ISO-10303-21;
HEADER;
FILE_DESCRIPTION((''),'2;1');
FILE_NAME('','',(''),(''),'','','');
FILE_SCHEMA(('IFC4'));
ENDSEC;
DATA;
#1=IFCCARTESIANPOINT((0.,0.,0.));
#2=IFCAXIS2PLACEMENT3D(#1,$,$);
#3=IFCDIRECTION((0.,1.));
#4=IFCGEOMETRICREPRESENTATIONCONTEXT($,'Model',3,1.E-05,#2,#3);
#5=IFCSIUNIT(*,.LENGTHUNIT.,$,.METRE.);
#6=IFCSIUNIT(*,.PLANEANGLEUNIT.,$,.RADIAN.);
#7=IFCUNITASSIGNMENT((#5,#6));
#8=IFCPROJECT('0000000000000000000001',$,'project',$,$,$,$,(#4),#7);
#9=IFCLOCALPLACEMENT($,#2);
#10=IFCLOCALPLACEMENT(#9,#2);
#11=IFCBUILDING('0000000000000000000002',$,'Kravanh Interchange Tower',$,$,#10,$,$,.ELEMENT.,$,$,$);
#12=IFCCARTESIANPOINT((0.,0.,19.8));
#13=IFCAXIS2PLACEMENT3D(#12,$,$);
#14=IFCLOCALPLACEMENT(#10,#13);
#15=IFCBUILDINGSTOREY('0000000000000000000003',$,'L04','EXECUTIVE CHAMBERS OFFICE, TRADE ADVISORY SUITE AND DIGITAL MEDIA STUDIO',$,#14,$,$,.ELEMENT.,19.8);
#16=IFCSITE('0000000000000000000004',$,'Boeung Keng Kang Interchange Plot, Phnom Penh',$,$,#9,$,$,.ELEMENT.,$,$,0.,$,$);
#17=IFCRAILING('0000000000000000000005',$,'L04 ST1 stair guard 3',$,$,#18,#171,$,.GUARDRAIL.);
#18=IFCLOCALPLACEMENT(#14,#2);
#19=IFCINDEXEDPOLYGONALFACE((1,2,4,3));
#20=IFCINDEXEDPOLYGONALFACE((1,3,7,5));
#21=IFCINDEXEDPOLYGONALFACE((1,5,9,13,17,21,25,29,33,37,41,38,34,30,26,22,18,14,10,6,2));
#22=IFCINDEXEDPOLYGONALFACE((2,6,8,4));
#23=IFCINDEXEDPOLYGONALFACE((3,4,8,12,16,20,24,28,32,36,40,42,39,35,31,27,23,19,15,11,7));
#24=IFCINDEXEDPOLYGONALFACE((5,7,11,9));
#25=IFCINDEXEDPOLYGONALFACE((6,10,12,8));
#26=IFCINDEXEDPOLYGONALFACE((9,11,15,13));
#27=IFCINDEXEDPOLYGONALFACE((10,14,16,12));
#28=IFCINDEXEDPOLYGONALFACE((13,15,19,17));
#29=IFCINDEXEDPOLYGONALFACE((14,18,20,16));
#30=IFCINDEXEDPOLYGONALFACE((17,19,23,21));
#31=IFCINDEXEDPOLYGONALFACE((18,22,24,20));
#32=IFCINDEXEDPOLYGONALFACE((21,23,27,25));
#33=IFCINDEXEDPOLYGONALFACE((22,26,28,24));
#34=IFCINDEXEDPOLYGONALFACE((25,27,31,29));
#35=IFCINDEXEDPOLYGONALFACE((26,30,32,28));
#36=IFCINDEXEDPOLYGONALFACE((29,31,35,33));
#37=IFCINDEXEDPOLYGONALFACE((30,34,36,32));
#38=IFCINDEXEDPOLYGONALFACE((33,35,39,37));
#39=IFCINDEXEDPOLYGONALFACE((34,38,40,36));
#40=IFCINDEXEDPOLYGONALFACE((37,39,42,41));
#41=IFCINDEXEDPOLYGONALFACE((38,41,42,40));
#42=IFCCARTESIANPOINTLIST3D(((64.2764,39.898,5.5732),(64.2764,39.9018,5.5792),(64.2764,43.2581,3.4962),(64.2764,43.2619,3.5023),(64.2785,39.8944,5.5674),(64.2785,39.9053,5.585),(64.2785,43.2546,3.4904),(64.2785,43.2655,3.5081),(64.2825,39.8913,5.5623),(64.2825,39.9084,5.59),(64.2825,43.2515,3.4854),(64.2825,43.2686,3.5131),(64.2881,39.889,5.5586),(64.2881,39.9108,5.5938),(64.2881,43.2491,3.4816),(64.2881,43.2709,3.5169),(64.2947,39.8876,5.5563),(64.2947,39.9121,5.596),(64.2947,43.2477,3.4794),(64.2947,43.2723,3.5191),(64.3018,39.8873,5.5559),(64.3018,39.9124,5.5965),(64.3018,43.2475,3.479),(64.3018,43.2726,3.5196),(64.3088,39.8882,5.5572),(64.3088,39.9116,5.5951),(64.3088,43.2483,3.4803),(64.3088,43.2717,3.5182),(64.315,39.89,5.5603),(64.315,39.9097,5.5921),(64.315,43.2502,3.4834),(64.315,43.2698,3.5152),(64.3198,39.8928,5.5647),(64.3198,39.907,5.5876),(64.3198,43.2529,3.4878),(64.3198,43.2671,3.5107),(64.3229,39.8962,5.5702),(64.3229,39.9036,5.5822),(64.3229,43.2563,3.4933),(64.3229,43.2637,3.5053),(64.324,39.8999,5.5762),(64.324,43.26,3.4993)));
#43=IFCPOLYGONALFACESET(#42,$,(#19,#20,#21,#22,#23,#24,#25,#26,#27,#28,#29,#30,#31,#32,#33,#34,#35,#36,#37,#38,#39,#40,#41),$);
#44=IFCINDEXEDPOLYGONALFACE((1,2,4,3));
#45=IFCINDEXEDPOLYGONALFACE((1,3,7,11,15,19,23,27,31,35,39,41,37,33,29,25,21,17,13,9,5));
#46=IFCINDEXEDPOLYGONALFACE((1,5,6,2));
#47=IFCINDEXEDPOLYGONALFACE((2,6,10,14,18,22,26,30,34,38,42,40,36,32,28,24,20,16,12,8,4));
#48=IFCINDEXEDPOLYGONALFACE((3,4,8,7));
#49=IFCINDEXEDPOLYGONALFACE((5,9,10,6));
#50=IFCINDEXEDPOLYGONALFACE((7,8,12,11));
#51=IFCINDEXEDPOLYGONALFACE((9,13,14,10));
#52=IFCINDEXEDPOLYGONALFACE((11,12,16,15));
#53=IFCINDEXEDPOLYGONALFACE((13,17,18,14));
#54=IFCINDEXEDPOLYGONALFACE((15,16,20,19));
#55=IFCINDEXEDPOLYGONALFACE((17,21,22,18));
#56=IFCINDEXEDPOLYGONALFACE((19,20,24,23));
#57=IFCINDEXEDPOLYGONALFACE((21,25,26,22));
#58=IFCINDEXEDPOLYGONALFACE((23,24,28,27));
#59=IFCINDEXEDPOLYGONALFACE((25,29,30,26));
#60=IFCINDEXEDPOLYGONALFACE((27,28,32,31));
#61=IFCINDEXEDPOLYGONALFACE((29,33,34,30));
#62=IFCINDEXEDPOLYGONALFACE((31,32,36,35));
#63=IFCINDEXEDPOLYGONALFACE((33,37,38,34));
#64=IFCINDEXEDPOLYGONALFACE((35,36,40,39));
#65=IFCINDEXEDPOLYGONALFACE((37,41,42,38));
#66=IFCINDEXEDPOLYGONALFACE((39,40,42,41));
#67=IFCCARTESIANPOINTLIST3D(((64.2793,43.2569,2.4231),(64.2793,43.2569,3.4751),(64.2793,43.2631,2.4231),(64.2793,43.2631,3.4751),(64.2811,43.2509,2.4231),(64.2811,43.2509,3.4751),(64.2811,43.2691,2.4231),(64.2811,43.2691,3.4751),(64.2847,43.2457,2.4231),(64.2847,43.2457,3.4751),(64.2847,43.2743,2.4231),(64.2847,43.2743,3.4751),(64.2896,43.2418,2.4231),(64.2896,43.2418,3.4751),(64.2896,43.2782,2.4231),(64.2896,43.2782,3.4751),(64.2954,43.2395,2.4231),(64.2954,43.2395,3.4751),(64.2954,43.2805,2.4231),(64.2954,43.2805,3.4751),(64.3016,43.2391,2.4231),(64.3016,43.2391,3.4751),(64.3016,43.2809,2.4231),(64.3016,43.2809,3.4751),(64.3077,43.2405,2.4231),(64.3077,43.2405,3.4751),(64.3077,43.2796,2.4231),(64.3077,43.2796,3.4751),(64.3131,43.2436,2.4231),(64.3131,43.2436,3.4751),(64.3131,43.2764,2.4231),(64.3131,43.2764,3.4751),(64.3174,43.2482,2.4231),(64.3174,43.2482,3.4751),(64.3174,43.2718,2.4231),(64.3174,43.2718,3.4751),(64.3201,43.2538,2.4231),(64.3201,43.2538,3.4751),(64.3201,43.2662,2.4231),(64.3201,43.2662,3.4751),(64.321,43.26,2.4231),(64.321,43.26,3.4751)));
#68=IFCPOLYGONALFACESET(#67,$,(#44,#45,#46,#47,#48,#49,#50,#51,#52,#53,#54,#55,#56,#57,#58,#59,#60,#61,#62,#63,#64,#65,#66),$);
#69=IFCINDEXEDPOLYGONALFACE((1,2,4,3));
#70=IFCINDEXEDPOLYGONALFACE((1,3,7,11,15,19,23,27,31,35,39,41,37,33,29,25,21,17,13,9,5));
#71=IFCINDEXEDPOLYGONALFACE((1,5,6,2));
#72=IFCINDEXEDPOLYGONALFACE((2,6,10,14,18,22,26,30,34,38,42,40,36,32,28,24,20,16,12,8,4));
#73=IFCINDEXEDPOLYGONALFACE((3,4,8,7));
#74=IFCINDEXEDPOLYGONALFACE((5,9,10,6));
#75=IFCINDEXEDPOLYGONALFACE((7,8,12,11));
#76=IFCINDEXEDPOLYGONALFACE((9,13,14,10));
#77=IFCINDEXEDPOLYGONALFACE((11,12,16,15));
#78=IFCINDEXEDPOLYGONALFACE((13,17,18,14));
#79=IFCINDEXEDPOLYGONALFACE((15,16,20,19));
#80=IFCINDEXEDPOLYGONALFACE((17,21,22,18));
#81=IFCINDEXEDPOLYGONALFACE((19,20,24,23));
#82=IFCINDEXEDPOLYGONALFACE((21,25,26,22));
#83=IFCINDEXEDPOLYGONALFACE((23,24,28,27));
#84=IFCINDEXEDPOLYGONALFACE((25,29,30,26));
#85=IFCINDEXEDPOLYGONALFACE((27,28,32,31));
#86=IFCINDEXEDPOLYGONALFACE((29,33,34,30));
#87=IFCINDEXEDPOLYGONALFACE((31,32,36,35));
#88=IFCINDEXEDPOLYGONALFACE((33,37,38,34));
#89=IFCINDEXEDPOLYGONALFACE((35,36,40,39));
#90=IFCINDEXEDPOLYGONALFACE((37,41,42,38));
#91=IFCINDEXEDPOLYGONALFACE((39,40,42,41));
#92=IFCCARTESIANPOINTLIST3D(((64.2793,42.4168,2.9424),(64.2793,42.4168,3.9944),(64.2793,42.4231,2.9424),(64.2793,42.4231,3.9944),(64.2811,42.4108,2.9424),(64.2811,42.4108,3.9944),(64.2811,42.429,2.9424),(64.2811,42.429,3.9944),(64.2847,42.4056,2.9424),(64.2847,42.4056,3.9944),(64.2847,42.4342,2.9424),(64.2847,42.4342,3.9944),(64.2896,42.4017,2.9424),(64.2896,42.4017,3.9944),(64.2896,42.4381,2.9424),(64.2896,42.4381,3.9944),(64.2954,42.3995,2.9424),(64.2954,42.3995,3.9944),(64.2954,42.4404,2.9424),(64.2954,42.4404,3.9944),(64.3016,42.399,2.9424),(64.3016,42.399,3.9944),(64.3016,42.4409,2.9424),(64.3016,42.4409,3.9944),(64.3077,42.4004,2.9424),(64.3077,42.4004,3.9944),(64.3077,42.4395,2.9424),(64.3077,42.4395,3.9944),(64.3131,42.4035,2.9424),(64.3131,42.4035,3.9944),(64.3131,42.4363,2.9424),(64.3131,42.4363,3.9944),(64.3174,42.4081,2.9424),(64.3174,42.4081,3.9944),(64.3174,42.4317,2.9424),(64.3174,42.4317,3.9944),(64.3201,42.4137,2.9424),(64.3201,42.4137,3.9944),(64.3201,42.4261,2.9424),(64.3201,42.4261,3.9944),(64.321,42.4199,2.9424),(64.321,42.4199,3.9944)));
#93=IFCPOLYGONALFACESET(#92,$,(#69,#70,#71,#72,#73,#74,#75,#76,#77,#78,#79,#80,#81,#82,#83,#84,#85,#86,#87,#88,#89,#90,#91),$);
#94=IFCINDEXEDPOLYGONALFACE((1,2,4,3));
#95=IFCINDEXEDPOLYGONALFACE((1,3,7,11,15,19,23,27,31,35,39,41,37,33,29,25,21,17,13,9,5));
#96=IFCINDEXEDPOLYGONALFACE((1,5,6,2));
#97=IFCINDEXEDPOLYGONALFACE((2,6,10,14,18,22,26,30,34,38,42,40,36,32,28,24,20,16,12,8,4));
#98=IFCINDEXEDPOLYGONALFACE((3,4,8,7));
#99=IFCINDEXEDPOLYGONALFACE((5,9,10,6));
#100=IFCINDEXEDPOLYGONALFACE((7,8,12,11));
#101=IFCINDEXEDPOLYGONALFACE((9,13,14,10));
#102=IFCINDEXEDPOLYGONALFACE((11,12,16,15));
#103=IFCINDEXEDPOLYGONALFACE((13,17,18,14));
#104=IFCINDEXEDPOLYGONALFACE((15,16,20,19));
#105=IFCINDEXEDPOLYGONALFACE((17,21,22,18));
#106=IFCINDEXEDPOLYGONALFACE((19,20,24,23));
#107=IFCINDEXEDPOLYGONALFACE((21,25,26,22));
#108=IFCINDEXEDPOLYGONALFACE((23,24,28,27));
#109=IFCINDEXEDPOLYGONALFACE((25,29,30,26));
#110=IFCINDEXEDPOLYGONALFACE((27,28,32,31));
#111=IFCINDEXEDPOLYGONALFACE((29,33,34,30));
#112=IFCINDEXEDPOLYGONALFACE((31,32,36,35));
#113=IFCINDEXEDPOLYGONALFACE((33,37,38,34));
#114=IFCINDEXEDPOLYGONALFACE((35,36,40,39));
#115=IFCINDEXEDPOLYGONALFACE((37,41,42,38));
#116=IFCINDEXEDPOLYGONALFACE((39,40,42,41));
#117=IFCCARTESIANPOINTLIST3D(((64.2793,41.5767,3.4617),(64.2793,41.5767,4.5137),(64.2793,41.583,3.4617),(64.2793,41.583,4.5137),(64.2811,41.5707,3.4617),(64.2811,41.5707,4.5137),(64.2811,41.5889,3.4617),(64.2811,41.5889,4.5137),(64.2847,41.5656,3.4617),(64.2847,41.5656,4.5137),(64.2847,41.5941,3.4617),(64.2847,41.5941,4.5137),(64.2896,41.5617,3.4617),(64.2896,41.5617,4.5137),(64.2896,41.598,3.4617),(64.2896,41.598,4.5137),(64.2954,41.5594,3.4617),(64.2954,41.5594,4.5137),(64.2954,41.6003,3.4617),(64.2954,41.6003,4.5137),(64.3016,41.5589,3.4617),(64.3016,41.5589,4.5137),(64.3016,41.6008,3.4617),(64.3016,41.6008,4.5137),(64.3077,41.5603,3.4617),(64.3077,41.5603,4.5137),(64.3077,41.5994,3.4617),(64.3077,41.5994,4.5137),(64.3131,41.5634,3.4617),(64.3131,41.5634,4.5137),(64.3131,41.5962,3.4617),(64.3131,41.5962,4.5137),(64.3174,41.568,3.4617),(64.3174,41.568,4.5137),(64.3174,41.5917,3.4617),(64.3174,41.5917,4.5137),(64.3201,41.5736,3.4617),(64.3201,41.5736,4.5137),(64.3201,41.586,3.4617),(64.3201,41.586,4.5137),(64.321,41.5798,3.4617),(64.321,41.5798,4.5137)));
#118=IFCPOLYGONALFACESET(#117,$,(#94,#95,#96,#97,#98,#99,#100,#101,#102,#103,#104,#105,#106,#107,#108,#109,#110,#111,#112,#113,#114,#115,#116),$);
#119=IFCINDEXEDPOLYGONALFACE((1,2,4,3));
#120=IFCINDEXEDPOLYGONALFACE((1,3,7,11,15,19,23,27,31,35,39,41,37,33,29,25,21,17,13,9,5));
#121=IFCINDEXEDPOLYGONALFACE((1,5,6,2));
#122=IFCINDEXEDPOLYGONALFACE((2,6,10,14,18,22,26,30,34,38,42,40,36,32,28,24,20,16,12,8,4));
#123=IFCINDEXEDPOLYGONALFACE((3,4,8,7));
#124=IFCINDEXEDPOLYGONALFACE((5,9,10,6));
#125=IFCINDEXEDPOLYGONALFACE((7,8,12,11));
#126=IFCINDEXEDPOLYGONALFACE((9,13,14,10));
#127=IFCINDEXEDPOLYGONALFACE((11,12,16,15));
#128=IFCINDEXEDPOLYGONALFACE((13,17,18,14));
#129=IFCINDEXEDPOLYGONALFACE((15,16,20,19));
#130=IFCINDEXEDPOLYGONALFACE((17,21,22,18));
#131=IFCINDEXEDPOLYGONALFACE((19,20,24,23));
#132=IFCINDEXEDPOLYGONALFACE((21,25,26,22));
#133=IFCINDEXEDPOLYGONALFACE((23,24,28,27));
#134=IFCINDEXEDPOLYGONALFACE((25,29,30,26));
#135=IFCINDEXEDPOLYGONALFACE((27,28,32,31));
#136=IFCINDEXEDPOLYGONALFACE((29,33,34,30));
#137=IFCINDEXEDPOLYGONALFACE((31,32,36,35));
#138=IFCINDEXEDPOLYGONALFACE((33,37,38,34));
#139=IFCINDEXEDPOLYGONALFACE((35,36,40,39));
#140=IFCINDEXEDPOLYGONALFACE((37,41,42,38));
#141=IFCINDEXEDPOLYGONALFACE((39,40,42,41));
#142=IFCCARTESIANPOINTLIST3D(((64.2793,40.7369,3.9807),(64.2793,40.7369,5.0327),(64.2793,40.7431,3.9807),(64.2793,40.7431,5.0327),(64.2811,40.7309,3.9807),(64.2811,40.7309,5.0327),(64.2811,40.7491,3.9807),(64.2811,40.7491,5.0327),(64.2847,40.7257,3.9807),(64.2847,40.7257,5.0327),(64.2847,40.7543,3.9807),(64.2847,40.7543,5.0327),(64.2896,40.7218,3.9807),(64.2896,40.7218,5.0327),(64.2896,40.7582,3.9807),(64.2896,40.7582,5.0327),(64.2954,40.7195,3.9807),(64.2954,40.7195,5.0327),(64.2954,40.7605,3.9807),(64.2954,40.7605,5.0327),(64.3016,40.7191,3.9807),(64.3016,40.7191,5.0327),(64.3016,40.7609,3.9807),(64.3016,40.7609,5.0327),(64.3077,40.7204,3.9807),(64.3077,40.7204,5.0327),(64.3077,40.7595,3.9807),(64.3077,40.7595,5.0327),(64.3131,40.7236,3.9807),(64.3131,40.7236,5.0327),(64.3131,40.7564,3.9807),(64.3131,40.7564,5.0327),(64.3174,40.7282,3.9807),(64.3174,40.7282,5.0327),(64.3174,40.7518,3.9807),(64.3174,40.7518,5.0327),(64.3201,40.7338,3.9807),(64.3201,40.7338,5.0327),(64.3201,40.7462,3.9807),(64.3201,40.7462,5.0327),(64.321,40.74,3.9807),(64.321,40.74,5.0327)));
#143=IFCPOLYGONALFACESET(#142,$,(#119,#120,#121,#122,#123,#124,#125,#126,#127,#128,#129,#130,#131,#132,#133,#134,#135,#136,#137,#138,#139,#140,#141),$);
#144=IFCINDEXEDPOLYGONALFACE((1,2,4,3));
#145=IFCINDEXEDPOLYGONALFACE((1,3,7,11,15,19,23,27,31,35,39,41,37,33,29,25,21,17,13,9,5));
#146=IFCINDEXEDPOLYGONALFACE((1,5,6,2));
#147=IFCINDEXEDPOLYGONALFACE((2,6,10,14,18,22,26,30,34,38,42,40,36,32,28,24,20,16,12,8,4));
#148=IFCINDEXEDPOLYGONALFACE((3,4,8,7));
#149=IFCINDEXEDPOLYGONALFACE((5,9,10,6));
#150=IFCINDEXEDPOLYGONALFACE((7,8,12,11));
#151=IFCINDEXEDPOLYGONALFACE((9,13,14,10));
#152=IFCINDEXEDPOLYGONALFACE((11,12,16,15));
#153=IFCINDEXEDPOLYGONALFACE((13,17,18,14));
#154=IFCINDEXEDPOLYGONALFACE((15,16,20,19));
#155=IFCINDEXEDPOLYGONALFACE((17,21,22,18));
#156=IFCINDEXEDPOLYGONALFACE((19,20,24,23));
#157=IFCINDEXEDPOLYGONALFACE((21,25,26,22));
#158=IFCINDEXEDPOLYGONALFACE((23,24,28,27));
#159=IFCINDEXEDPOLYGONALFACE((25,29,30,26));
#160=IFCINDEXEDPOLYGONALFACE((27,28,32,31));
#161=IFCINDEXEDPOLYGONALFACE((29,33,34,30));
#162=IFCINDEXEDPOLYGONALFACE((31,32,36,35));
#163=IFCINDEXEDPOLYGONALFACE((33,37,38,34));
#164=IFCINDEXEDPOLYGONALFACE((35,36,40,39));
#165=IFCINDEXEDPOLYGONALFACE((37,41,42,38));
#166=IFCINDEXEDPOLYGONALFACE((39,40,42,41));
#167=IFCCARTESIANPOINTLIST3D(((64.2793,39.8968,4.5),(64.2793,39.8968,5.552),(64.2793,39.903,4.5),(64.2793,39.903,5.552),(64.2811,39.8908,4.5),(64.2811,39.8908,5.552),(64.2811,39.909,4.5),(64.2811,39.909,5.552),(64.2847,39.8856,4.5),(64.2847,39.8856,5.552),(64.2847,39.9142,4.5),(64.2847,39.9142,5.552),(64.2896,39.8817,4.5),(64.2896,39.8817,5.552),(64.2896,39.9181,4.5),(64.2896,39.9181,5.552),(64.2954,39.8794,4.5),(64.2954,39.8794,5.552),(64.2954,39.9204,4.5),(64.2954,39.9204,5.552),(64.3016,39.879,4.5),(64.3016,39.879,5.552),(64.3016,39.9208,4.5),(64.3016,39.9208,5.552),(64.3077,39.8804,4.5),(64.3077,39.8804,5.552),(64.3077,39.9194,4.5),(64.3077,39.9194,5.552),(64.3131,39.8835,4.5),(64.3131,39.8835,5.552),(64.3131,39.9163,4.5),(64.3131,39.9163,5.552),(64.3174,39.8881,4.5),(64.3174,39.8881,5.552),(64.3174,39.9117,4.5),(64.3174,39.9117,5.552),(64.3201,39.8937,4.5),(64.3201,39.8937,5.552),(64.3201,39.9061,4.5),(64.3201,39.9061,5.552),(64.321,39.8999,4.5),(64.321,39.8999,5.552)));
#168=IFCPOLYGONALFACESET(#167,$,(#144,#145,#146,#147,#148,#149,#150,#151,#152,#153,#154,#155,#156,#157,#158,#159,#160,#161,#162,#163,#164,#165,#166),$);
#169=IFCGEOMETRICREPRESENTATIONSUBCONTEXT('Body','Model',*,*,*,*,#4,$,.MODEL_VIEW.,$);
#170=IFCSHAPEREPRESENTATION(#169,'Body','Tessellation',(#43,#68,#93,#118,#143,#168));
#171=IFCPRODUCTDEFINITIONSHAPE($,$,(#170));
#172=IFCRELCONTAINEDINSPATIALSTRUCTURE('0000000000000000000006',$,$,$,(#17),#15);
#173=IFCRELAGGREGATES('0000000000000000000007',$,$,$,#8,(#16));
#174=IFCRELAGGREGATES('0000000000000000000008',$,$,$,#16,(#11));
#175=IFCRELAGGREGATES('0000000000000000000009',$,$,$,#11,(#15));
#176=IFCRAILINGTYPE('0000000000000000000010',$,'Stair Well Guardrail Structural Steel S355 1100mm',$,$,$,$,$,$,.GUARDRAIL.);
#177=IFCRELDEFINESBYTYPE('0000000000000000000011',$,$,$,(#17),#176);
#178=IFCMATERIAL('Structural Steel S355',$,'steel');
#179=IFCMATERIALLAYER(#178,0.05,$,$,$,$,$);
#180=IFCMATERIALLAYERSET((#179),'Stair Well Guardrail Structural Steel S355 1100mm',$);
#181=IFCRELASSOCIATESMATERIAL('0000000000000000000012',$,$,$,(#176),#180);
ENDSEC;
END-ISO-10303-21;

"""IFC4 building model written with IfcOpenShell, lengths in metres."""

from ifc_helpers import new_model, si_unit, direction, frame, origin, origin_2d, place, context, subcontext, project, spatial, circle, extrude, material, layer, layer_set, type_object, element, save


model = new_model("IFC4")

# Units and contexts
model_context = context("Model", 3, precision=1e-05, world=origin(), true_north=direction((0.0, 1.0)))
body_context = subcontext(model_context, "Body", "Model", "MODEL_VIEW")
ifc_project = project(units=[si_unit("LENGTHUNIT", "METRE"), si_unit("PLANEANGLEUNIT", "RADIAN")], contexts=[model_context])

# Site, building, storey
site_placement = place(None, origin())
site = spatial("IfcSite", under=ifc_project, at=site_placement, Name="Boeung Keng Kang Interchange Plot, Phnom Penh", CompositionType="ELEMENT", RefElevation=0.0)
building_placement = place(site_placement, origin())
building = spatial("IfcBuilding", under=site, at=building_placement, Name="Kravanh Interchange Tower", CompositionType="ELEMENT")
storey_placement = place(building_placement, frame((0.0, 0.0, 19.8)))
storey = spatial("IfcBuildingStorey", under=building, at=storey_placement, Name="L04", Description="EXECUTIVE CHAMBERS OFFICE, TRADE ADVISORY SUITE AND DIGITAL MEDIA STUDIO", CompositionType="ELEMENT", Elevation=19.8)

# Railing
ifc_material_1 = material(Name="Structural Steel S355", Category="steel")
ifc_layer_1 = layer(ifc_material_1, 0.05)
ifc_layer_set_1 = layer_set([ifc_layer_1], Name="Stair Well Guardrail Structural Steel S355 1100mm")
railing_type_1 = type_object("IfcRailingType", Name="Stair Well Guardrail Structural Steel S355 1100mm", PredefinedType="GUARDRAIL", material=ifc_layer_set_1)
railing_1_placement = place(storey_placement, frame((64.3, 43.26, 2.4231)))
element("IfcRailing", 1, at=railing_1_placement, inside=storey, type_object=railing_type_1, Name="L04 ST1 stair guard 3", PredefinedType="GUARDRAIL", context=body_context, shape_type="SweptSolid", body=[
    extrude(circle(Radius=0.0239, at=origin_2d()), frame((0.0, 0.0, 1.0762), z_axis=(0.0, -0.850623, 0.525776), x_axis=(1.0, 0.0, 0.0)), (0.0, 0.0, 1.0), 3.9502),
    extrude(circle(Radius=0.021, at=origin_2d()), origin(), (0.0, 0.0, 1.0), 1.052),
    extrude(circle(Radius=0.021, at=origin_2d()), frame((0.0, -0.8401, 0.5193)), (0.0, 0.0, 1.0), 1.052),
    extrude(circle(Radius=0.021, at=origin_2d()), frame((0.0, -1.6802, 1.0386)), (0.0, 0.0, 1.0), 1.052),
    extrude(circle(Radius=0.021, at=origin_2d()), frame((0.0, -2.52, 1.5576)), (0.0, 0.0, 1.0), 1.052),
    extrude(circle(Radius=0.021, at=origin_2d()), frame((0.0, -3.3601, 2.0769)), (0.0, 0.0, 1.0), 1.052),
])

save(model, "model.ifc")
